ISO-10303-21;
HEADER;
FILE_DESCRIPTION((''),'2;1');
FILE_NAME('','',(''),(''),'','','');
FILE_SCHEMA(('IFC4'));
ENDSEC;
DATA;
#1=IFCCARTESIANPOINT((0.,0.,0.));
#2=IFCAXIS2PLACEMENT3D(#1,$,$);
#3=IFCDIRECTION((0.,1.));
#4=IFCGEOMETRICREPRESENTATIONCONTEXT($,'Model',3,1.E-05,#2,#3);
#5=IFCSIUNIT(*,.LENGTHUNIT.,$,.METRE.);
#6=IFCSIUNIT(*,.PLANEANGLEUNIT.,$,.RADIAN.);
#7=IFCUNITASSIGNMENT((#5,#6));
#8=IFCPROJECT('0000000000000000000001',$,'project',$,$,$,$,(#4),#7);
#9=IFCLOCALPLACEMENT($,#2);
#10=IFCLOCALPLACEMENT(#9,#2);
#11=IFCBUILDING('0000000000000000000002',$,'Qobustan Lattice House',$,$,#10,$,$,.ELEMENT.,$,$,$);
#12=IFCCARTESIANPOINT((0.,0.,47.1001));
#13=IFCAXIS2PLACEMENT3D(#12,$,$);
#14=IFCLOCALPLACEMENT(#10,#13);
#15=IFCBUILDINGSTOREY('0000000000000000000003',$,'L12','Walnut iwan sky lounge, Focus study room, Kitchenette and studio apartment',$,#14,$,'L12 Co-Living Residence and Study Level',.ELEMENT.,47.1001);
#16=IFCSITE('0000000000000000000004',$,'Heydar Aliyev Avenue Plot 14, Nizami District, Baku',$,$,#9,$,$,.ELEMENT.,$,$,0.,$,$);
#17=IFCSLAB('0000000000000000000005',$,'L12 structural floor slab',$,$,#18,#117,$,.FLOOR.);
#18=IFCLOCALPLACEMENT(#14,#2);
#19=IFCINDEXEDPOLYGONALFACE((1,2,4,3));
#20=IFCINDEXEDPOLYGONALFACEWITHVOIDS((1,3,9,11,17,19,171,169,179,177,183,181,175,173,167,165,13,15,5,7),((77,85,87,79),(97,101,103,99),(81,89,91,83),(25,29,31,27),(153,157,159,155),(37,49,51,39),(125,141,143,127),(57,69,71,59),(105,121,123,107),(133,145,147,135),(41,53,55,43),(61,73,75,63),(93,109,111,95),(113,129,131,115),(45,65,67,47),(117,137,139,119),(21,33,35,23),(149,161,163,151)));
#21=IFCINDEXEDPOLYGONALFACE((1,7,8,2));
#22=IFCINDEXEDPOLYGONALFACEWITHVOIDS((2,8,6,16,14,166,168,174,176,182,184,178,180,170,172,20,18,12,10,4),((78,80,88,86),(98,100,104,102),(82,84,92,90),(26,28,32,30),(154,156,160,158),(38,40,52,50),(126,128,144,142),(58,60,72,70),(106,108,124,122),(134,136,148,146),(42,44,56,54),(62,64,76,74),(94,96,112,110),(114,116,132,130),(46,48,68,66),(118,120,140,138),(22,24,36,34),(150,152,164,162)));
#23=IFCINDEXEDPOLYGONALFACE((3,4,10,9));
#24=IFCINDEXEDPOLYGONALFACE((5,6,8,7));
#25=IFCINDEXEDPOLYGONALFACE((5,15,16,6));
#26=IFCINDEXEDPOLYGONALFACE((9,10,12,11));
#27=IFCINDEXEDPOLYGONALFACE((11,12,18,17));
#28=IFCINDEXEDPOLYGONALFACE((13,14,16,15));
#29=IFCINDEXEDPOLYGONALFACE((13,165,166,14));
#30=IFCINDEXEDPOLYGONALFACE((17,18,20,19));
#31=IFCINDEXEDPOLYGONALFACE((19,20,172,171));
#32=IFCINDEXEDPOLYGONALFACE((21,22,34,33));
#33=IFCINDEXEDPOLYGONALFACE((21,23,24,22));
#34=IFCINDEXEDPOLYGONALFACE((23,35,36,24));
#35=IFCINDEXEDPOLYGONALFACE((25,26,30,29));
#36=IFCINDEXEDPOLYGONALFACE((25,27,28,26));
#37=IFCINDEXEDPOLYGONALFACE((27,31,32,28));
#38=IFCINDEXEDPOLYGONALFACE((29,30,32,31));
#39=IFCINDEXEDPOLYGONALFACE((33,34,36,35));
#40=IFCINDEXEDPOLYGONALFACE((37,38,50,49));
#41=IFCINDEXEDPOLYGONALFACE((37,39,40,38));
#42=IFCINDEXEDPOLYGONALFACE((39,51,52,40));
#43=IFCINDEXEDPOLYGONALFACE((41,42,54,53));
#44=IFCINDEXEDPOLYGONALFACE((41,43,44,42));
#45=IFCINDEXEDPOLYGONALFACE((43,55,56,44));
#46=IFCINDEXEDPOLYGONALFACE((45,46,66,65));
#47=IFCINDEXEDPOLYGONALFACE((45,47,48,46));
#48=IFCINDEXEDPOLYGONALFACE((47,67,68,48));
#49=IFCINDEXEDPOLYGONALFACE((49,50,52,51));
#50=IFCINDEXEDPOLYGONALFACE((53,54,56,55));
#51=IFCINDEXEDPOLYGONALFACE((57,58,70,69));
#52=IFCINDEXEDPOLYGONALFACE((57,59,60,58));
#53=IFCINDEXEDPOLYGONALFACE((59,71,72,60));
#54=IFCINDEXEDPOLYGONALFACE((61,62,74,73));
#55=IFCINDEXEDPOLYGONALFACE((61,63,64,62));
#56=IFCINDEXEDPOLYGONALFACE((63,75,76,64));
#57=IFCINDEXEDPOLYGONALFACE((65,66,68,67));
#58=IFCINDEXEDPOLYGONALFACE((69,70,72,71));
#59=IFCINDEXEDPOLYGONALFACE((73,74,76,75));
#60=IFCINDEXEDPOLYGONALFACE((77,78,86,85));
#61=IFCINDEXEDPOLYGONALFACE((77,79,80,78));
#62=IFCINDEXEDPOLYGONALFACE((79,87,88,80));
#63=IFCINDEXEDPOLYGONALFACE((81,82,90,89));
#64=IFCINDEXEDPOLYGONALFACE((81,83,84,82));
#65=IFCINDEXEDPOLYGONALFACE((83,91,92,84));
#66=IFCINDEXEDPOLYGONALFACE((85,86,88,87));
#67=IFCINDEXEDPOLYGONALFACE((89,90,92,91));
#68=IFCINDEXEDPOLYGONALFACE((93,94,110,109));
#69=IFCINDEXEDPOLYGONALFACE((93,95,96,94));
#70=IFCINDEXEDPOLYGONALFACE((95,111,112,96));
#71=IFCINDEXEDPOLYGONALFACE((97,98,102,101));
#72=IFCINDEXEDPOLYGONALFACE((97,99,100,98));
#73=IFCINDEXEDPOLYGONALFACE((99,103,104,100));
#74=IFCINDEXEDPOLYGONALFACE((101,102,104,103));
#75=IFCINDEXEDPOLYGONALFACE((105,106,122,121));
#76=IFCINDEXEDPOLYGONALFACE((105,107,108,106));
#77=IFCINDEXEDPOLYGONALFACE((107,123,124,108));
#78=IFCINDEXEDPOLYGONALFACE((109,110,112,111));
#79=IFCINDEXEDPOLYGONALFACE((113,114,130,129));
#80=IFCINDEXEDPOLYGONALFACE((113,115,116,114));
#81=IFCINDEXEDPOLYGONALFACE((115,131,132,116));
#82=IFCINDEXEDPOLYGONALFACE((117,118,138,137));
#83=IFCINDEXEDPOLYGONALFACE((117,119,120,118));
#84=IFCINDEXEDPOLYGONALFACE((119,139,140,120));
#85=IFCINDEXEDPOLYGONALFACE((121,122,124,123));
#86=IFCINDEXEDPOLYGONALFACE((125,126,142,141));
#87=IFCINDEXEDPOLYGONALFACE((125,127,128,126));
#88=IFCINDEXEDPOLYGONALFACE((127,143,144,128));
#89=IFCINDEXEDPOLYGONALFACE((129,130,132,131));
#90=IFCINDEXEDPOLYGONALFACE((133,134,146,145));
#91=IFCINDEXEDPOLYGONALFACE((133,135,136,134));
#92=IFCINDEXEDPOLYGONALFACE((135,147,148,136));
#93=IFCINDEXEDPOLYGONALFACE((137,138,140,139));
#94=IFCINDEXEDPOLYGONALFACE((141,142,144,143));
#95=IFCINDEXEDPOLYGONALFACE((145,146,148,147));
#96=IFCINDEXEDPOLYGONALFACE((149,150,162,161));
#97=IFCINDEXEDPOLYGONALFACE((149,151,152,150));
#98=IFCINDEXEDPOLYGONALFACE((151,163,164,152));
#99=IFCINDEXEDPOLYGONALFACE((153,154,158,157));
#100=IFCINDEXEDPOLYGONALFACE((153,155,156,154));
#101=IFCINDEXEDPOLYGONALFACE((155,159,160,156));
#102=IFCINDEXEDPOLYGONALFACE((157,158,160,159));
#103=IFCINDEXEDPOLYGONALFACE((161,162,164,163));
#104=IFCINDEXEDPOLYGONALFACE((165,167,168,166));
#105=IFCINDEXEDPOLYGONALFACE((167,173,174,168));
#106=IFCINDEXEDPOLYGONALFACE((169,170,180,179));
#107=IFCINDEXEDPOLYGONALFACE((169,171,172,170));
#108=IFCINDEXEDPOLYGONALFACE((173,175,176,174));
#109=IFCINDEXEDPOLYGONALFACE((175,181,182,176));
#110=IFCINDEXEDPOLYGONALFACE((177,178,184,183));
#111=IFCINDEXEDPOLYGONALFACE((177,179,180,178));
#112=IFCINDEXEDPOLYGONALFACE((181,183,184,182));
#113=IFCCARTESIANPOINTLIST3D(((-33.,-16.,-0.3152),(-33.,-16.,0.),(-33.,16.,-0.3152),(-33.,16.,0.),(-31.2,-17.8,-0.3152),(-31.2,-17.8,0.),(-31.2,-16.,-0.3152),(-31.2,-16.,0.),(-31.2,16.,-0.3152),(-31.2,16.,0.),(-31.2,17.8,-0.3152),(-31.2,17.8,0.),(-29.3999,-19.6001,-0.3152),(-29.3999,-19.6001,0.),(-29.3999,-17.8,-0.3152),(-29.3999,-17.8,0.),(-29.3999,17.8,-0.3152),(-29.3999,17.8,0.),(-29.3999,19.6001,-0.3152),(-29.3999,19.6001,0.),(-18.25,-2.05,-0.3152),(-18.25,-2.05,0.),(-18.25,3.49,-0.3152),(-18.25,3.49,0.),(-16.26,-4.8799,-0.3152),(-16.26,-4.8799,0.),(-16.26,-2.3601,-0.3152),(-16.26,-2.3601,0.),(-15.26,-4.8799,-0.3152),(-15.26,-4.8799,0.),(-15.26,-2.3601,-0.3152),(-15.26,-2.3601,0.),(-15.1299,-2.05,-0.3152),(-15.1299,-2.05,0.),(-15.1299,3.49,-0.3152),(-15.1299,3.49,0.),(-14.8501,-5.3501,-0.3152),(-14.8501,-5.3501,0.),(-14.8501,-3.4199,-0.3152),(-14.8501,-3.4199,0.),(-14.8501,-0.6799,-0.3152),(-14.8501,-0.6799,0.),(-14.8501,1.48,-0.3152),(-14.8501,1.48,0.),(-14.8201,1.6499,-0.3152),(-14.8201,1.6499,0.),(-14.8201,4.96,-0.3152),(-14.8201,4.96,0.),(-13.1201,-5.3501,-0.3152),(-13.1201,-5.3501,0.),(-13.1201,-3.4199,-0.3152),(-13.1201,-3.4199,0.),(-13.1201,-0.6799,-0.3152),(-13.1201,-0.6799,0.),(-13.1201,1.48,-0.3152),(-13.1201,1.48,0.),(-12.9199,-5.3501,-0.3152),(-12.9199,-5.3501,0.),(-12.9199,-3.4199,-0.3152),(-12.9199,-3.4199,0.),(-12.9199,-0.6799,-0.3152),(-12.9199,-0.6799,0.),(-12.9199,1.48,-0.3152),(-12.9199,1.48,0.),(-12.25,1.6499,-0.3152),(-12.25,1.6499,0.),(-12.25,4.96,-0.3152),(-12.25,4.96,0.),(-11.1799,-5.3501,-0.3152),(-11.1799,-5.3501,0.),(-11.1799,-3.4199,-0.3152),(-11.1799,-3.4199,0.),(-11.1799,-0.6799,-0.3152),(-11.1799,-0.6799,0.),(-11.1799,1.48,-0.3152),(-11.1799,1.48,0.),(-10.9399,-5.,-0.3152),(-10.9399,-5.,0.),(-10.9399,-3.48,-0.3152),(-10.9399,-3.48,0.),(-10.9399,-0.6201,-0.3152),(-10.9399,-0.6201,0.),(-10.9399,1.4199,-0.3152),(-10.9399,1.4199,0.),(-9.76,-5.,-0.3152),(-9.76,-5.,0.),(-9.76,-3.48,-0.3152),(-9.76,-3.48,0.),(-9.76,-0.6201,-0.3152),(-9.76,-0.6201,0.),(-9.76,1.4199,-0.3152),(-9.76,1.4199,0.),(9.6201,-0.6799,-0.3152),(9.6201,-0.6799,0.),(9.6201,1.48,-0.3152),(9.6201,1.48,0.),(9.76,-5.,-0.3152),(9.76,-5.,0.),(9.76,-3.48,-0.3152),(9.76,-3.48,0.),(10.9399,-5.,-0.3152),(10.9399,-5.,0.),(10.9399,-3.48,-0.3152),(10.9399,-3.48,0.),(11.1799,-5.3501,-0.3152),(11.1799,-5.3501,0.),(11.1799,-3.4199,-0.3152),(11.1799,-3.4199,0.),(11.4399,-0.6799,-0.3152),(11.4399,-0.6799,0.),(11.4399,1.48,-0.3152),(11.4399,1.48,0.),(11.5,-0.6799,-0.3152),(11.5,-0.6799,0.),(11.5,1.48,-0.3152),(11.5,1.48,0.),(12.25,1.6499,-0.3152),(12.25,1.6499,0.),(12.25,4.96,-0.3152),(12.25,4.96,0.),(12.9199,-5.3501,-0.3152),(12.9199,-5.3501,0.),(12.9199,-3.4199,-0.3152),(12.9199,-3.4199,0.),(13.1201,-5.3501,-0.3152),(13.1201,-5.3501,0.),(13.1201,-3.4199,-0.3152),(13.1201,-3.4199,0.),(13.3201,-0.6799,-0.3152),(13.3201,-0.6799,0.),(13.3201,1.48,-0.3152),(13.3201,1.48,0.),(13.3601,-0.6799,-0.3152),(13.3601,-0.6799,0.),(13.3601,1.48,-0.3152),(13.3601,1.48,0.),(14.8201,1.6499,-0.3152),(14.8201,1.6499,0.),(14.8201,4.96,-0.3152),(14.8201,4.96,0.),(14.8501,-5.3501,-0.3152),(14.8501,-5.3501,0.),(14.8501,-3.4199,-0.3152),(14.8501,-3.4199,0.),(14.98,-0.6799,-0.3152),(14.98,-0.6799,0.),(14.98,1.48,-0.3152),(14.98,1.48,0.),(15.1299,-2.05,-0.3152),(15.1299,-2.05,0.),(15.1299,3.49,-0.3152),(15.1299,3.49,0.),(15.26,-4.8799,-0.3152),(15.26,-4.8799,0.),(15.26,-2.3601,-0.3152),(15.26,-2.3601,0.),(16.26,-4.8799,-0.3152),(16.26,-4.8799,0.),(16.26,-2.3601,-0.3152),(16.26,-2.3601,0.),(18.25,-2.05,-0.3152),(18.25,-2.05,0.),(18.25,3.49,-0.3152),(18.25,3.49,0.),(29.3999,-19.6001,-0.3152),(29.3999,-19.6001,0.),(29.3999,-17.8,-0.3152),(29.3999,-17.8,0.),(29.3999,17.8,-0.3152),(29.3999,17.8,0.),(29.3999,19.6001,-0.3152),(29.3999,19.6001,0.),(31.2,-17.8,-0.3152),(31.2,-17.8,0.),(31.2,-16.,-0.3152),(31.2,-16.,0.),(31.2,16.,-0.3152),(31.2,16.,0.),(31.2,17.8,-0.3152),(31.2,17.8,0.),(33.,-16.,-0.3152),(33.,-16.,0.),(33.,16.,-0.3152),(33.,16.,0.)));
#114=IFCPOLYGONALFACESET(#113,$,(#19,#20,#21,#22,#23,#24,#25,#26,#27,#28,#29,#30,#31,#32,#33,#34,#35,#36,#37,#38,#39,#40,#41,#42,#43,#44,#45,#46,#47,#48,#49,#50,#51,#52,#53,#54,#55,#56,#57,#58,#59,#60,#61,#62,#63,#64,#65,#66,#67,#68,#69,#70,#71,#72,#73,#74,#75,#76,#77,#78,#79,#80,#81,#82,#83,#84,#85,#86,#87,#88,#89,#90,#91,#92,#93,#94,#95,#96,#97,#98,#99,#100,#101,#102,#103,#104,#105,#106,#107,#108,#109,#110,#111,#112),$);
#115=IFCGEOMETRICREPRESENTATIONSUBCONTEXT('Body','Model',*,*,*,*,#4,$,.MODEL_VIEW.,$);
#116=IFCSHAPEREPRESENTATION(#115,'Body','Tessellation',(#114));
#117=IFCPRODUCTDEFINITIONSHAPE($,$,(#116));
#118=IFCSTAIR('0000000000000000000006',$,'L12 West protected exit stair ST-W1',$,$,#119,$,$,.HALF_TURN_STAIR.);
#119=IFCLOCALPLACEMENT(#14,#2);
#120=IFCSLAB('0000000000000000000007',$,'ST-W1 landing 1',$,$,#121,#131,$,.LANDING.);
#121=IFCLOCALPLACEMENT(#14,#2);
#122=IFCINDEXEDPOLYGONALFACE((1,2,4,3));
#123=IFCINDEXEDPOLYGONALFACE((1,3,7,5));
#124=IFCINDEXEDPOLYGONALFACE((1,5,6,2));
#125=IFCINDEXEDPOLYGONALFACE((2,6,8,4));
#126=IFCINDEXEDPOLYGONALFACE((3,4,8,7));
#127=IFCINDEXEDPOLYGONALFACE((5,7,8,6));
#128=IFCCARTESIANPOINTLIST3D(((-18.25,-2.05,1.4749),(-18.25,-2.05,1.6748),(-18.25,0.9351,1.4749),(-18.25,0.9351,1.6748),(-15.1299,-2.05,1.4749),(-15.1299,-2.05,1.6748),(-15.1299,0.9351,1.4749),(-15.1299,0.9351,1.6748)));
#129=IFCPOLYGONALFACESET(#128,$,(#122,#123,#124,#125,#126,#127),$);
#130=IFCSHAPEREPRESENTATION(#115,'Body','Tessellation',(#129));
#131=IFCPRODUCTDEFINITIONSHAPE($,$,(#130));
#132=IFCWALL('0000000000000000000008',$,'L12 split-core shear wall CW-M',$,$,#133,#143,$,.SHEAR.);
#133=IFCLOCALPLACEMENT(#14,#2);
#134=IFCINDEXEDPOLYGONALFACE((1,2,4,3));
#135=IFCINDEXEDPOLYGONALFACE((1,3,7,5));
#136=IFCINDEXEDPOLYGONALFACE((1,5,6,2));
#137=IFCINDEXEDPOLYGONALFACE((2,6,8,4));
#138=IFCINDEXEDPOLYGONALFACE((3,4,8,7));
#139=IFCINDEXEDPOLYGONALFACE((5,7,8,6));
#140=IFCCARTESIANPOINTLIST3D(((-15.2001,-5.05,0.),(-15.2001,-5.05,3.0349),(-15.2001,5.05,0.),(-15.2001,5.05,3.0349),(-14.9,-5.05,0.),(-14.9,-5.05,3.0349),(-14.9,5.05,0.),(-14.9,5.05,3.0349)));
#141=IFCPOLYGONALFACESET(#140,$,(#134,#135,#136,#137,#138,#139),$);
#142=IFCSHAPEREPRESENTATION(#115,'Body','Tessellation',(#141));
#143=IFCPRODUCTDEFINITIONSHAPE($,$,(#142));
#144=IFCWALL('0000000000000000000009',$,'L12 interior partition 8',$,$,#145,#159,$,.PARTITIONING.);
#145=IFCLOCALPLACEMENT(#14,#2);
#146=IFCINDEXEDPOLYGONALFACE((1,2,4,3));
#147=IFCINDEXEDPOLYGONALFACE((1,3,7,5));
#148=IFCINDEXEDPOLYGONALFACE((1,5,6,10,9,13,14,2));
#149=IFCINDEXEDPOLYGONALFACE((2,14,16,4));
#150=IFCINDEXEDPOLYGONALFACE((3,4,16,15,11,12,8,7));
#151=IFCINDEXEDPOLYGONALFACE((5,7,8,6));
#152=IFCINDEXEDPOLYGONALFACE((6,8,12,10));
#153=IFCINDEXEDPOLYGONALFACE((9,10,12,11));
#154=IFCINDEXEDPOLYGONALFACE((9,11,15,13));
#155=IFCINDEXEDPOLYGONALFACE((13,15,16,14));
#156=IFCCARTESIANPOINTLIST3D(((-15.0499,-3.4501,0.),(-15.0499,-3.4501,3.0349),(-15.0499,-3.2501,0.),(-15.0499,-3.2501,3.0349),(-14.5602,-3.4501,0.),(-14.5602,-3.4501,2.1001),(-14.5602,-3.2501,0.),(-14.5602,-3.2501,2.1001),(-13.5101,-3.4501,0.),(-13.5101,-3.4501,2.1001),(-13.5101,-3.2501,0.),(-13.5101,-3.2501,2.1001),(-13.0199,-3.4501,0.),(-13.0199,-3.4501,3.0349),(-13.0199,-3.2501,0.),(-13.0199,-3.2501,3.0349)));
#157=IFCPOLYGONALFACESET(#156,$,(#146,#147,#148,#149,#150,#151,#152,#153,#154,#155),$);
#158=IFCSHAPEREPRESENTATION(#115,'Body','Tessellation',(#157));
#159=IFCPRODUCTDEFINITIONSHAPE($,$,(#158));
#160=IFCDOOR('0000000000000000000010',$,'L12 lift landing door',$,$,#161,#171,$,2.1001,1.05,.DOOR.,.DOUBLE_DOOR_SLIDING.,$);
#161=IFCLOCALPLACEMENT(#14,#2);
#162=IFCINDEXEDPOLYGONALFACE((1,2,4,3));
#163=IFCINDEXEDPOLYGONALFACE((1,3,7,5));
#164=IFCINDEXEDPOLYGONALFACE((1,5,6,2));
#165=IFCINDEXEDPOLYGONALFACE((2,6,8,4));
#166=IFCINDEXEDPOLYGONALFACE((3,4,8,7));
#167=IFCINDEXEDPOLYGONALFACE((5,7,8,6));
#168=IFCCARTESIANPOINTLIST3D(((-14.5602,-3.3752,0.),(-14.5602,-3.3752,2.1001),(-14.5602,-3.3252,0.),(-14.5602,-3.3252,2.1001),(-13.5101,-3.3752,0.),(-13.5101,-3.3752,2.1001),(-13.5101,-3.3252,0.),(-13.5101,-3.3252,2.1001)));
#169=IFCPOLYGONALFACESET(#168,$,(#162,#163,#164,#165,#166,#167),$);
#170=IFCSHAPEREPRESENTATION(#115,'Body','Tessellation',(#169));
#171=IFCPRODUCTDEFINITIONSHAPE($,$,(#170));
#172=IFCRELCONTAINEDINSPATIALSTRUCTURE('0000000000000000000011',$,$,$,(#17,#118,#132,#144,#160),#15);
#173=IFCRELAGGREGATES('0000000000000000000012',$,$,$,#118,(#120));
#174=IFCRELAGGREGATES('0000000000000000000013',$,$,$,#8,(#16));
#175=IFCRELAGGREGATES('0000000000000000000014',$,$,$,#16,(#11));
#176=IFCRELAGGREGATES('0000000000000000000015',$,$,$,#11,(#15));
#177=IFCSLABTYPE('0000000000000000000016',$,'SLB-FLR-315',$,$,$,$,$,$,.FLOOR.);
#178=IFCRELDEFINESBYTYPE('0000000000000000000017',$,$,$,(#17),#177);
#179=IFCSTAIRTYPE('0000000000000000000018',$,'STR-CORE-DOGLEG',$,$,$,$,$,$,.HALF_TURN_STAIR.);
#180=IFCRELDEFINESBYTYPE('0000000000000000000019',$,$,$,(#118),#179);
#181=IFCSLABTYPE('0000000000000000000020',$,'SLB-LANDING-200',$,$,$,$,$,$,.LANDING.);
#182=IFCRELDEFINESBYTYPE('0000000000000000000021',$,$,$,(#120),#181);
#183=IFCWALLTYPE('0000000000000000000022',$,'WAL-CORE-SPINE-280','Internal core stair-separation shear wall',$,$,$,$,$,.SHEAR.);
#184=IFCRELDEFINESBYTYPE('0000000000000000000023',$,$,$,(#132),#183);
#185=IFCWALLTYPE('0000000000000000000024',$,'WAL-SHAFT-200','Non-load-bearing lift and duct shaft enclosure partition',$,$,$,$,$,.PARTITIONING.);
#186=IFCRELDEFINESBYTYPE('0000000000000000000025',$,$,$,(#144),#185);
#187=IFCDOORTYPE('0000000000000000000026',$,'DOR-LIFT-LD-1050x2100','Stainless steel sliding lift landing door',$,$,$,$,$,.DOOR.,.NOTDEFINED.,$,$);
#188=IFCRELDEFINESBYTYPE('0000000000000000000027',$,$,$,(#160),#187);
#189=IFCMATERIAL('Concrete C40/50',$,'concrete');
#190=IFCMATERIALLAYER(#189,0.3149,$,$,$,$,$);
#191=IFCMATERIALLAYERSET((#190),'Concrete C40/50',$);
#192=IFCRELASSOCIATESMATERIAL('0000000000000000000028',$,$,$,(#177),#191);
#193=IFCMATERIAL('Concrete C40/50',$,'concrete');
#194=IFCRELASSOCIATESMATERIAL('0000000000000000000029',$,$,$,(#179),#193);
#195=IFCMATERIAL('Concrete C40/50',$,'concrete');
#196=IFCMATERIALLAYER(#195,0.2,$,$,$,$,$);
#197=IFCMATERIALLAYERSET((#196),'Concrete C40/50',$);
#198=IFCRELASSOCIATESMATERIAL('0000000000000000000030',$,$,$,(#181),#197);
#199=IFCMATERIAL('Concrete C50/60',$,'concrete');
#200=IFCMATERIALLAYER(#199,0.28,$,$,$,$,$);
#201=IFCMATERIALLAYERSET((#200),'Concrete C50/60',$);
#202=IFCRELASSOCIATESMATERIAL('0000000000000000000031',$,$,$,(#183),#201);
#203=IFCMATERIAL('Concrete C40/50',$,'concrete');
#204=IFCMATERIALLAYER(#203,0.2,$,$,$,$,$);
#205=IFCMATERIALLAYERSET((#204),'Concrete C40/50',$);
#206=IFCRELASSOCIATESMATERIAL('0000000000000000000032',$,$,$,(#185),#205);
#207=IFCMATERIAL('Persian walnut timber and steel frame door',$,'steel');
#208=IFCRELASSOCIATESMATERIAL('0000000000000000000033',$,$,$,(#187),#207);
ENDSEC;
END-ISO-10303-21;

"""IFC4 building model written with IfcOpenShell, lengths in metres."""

from ifc_helpers import new_model, si_unit, direction, frame, frame_2d, origin, place, context, subcontext, project, spatial, polyline, rectangle, outline, extrude, material, layer, layer_set, type_object, element, fill, aggregate, save


model = new_model("IFC4")

# Units and contexts
model_context = context("Model", 3, precision=1e-05, world=origin(), true_north=direction((0.0, 1.0)))
body_context = subcontext(model_context, "Body", "Model", "MODEL_VIEW")
ifc_project = project(units=[si_unit("LENGTHUNIT", "METRE"), si_unit("PLANEANGLEUNIT", "RADIAN")], contexts=[model_context])

# Site, building, storey
site_placement = place(None, origin())
site = spatial("IfcSite", under=ifc_project, at=site_placement, Name="Heydar Aliyev Avenue Plot 14, Nizami District, Baku", CompositionType="ELEMENT", RefElevation=0.0)
building_placement = place(site_placement, origin())
building = spatial("IfcBuilding", under=site, at=building_placement, Name="Qobustan Lattice House", CompositionType="ELEMENT")
storey_placement = place(building_placement, frame((0.0, 0.0, 47.1001)))
storey = spatial("IfcBuildingStorey", under=building, at=storey_placement, Name="L12", Description="Walnut iwan sky lounge, Focus study room, Kitchenette and studio apartment", LongName="L12 Co-Living Residence and Study Level", CompositionType="ELEMENT", Elevation=47.1001)

# Slab
ifc_material_1 = material(Name="Concrete C40/50", Category="concrete")
ifc_layer_1 = layer(ifc_material_1, 0.3149)
ifc_layer_set_1 = layer_set([ifc_layer_1], Name="Concrete C40/50")
slab_type_1 = type_object("IfcSlabType", Name="SLB-FLR-315", PredefinedType="FLOOR", material=ifc_layer_set_1)
slab_1_placement = place(storey_placement, frame((0.0, 0.0, -0.3152)))
element("IfcSlab", 1, at=slab_1_placement, inside=storey, type_object=slab_type_1, Name="L12 structural floor slab", PredefinedType="FLOOR", context=body_context, shape_type="SweptSolid", body=[
    extrude(outline(polyline([(-29.3999, -19.6001), (29.3999, -19.6001), (29.3999, -17.8), (31.2, -17.8), (31.2, -16.0), (33.0, -16.0), (33.0, 16.0), (31.2, 16.0), (31.2, 17.8), (29.3999, 17.8), (29.3999, 19.6001), (-29.3999, 19.6001), (-29.3999, 17.8), (-31.2, 17.8), (-31.2, 16.0), (-33.0, 16.0), (-33.0, -16.0), (-31.2, -16.0), (-31.2, -17.8), (-29.3999, -17.8), (-29.3999, -19.6001)]), holes=[polyline([(-18.25, -2.05), (-18.25, 3.49), (-15.1299, 3.49), (-15.1299, -2.05), (-18.25, -2.05)]), polyline([(15.1299, -2.05), (15.1299, 3.49), (18.25, 3.49), (18.25, -2.05), (15.1299, -2.05)]), polyline([(-14.8201, 1.6499), (-14.8201, 4.96), (-12.25, 4.96), (-12.25, 1.6499), (-14.8201, 1.6499)]), polyline([(12.25, 1.6499), (12.25, 4.96), (14.8201, 4.96), (14.8201, 1.6499), (12.25, 1.6499)]), polyline([(-16.26, -4.8799), (-16.26, -2.3601), (-15.26, -2.3601), (-15.26, -4.8799), (-16.26, -4.8799)]), polyline([(15.26, -4.8799), (15.26, -2.3601), (16.26, -2.3601), (16.26, -4.8799), (15.26, -4.8799)]), polyline([(-14.8501, -5.3501), (-14.8501, -3.4199), (-13.1201, -3.4199), (-13.1201, -5.3501), (-14.8501, -5.3501)]), polyline([(-12.9199, -5.3501), (-12.9199, -3.4199), (-11.1799, -3.4199), (-11.1799, -5.3501), (-12.9199, -5.3501)]), polyline([(-14.8501, -0.6799), (-14.8501, 1.48), (-13.1201, 1.48), (-13.1201, -0.6799), (-14.8501, -0.6799)]), polyline([(-12.9199, -0.6799), (-12.9199, 1.48), (-11.1799, 1.48), (-11.1799, -0.6799), (-12.9199, -0.6799)]), polyline([(-10.9399, -5.0), (-10.9399, -3.48), (-9.76, -3.48), (-9.76, -5.0), (-10.9399, -5.0)]), polyline([(-10.9399, -0.6201), (-10.9399, 1.4199), (-9.76, 1.4199), (-9.76, -0.6201), (-10.9399, -0.6201)]), polyline([(11.1799, -5.3501), (11.1799, -3.4199), (12.9199, -3.4199), (12.9199, -5.3501), (11.1799, -5.3501)]), polyline([(13.1201, -5.3501), (13.1201, -3.4199), (14.8501, -3.4199), (14.8501, -5.3501), (13.1201, -5.3501)]), polyline([(9.76, -5.0), (9.76, -3.48), (10.9399, -3.48), (10.9399, -5.0), (9.76, -5.0)]), polyline([(13.3601, -0.6799), (13.3601, 1.48), (14.98, 1.48), (14.98, -0.6799), (13.3601, -0.6799)]), polyline([(9.6201, -0.6799), (9.6201, 1.48), (11.4399, 1.48), (11.4399, -0.6799), (9.6201, -0.6799)]), polyline([(11.5, -0.6799), (11.5, 1.48), (13.3201, 1.48), (13.3201, -0.6799), (11.5, -0.6799)])]), origin(), (0.0, 0.0, 1.0), 0.3152),
])

# Stair, slab
ifc_material_2 = material(Name="Concrete C40/50", Category="concrete")
stair_type = type_object("IfcStairType", Name="STR-CORE-DOGLEG", PredefinedType="HALF_TURN_STAIR", material=ifc_material_2)
stair_placement = place(storey_placement, origin())
stair = element("IfcStair", 2, at=stair_placement, inside=storey, type_object=stair_type, Name="L12 West protected exit stair ST-W1", PredefinedType="HALF_TURN_STAIR")
ifc_material_3 = material(Name="Concrete C40/50", Category="concrete")
ifc_layer_2 = layer(ifc_material_3, 0.2)
ifc_layer_set_2 = layer_set([ifc_layer_2], Name="Concrete C40/50")
slab_type_2 = type_object("IfcSlabType", Name="SLB-LANDING-200", PredefinedType="LANDING", material=ifc_layer_set_2)
slab_2_placement = place(storey_placement, frame((0.0, 0.0, 1.4749)))
slab_2 = element("IfcSlab", 3, at=slab_2_placement, type_object=slab_type_2, Name="ST-W1 landing 1", PredefinedType="LANDING", context=body_context, shape_type="SweptSolid", body=[
    extrude(outline(polyline([(-18.25, 0.9351), (-18.25, -2.05), (-15.1299, -2.05), (-15.1299, 0.9351), (-18.25, 0.9351)])), origin(), (0.0, 0.0, 1.0), 0.2),
])
aggregate(stair, [slab_2])

# Wall
ifc_material_4 = material(Name="Concrete C50/60", Category="concrete")
ifc_layer_3 = layer(ifc_material_4, 0.28)
ifc_layer_set_3 = layer_set([ifc_layer_3], Name="Concrete C50/60")
wall_type_1 = type_object("IfcWallType", Name="WAL-CORE-SPINE-280", Description="Internal core stair-separation shear wall", PredefinedType="SHEAR", material=ifc_layer_set_3)
wall_1_placement = place(storey_placement, frame((-15.05, -5.05, 0.0), z_axis=(0.0, 0.0, 1.0), x_axis=(0.0, 1.0, 0.0)))
element("IfcWall", 4, at=wall_1_placement, inside=storey, type_object=wall_type_1, Name="L12 split-core shear wall CW-M", PredefinedType="SHEAR", context=body_context, shape_type="SweptSolid", body=[
    extrude(rectangle(XDim=10.1001, YDim=0.3, at=frame_2d((5.05, 0.0))), origin(), (0.0, 0.0, 1.0), 3.0349),
])

# Wall, opening, door
ifc_material_5 = material(Name="Concrete C40/50", Category="concrete")
ifc_layer_4 = layer(ifc_material_5, 0.2)
ifc_layer_set_4 = layer_set([ifc_layer_4], Name="Concrete C40/50")
wall_type_2 = type_object("IfcWallType", Name="WAL-SHAFT-200", Description="Non-load-bearing lift and duct shaft enclosure partition", PredefinedType="PARTITIONING", material=ifc_layer_set_4)
wall_2_placement = place(storey_placement, frame((-15.05, -3.3501, 0.0), z_axis=(0.0, 0.0, 1.0), x_axis=(1.0, 0.0, 0.0)))
wall_2 = element("IfcWall", 5, at=wall_2_placement, inside=storey, type_object=wall_type_2, Name="L12 interior partition 8", PredefinedType="PARTITIONING", context=body_context, shape_type="SweptSolid", body=[
    extrude(rectangle(XDim=2.03, YDim=0.2, at=frame_2d((1.0151, 0.0))), origin(), (0.0, 0.0, 1.0), 3.0349),
])
opening_1_placement = place(wall_2_placement, frame((0.49, 0.0, 0.0)))
opening_1 = element("IfcOpeningElement", 6, at=opening_1_placement, cuts=wall_2, PredefinedType="OPENING", context=body_context, shape_type="SweptSolid", body=[
    extrude(rectangle(XDim=1.05, YDim=2.1001, at=frame_2d((0.5249, 1.05))), frame((0.0, 0.1099, 0.0), z_axis=(0.0, -1.0, 0.0), x_axis=(1.0, 0.0, 0.0)), (0.0, 0.0, 1.0), 0.22),
])
ifc_material_6 = material(Name="Persian walnut timber and steel frame door", Category="steel")
door_type_1 = type_object("IfcDoorType", Name="DOR-LIFT-LD-1050x2100", Description="Stainless steel sliding lift landing door", OperationType="NOTDEFINED", PredefinedType="DOOR", material=ifc_material_6)
door_1_placement = place(opening_1_placement, origin())
door_1 = element("IfcDoor", 7, at=door_1_placement, inside=storey, type_object=door_type_1, Name="L12 lift landing door", OperationType="DOUBLE_DOOR_SLIDING", OverallHeight=2.1001, OverallWidth=1.05, PredefinedType="DOOR", context=body_context, shape_type="SweptSolid", body=[
    extrude(rectangle(XDim=1.05, YDim=2.1001, at=frame_2d((0.5249, 1.05))), frame((0.0, 0.0249, 0.0), z_axis=(0.0, -1.0, 0.0), x_axis=(1.0, 0.0, 0.0)), (0.0, 0.0, 1.0), 0.05),
])
fill(opening_1, door_1)

save(model, "model.ifc")
